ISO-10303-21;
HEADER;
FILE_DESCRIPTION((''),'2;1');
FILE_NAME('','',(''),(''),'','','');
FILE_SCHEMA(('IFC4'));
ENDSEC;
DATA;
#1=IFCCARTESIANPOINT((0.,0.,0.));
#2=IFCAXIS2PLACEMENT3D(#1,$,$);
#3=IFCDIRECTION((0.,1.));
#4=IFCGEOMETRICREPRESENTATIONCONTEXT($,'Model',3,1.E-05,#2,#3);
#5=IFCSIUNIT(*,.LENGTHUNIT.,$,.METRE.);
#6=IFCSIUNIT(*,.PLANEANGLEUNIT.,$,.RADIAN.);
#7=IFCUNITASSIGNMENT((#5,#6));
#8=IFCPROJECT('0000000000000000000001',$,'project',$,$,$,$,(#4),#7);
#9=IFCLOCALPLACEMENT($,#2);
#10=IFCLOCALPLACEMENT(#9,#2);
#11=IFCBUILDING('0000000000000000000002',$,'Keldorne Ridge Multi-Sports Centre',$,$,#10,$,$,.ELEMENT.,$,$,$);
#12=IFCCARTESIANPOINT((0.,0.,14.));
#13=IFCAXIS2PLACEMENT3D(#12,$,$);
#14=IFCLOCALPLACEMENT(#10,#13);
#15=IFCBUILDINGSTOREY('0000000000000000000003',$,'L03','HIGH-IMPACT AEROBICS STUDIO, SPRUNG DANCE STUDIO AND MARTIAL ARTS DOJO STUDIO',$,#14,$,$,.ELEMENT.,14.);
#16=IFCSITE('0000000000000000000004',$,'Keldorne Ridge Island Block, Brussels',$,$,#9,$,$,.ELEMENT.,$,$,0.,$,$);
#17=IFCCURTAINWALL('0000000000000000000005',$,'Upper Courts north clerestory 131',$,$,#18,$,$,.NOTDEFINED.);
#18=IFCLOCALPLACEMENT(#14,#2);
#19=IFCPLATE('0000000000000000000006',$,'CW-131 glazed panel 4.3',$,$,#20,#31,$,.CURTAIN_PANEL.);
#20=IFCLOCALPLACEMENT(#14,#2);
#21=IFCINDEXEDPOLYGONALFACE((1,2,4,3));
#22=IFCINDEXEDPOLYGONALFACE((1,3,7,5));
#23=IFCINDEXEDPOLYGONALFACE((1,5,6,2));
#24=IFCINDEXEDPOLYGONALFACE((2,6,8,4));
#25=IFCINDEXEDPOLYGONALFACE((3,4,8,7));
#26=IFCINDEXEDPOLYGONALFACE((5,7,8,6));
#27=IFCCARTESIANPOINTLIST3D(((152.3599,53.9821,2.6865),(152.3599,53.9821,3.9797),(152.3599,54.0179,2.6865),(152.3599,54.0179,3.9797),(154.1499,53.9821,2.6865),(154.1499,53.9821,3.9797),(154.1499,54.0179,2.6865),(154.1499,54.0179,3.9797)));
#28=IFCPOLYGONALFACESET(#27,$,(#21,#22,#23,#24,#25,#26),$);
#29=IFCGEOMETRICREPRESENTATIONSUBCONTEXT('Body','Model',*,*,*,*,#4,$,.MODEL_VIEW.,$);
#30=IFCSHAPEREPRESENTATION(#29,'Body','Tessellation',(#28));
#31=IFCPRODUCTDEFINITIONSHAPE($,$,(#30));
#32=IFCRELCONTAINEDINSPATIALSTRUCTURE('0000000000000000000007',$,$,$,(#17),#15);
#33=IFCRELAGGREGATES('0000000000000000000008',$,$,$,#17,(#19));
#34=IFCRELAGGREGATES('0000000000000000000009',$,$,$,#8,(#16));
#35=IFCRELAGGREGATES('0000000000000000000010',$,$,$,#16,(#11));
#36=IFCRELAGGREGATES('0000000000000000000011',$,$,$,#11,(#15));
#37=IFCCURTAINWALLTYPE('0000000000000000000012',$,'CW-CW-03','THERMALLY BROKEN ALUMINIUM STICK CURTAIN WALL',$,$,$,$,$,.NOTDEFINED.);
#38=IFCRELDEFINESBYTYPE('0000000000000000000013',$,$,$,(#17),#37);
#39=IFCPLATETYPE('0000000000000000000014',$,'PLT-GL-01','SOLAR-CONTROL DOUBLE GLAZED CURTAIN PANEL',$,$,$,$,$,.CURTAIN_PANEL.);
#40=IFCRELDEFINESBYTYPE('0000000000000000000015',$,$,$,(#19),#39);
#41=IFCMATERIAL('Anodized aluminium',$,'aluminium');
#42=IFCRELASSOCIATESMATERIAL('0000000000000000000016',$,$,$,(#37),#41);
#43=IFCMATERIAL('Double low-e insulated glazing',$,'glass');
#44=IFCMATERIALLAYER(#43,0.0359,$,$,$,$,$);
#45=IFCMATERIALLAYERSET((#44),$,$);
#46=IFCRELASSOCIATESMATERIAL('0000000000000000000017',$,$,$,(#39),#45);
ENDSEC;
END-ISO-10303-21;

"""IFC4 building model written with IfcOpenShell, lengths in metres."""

from ifc_helpers import new_model, si_unit, direction, frame, origin, origin_2d, place, context, subcontext, project, spatial, rectangle, extrude, material, layer, layer_set, type_object, element, aggregate, save


model = new_model("IFC4")

# Units and contexts
model_context = context("Model", 3, precision=1e-05, world=origin(), true_north=direction((0.0, 1.0)))
body_context = subcontext(model_context, "Body", "Model", "MODEL_VIEW")
ifc_project = project(units=[si_unit("LENGTHUNIT", "METRE"), si_unit("PLANEANGLEUNIT", "RADIAN")], contexts=[model_context])

# Site, building, storey
site_placement = place(None, origin())
site = spatial("IfcSite", under=ifc_project, at=site_placement, Name="Keldorne Ridge Island Block, Brussels", CompositionType="ELEMENT", RefElevation=0.0)
building_placement = place(site_placement, origin())
building = spatial("IfcBuilding", under=site, at=building_placement, Name="Keldorne Ridge Multi-Sports Centre", CompositionType="ELEMENT")
storey_placement = place(building_placement, frame((0.0, 0.0, 14.0)))
storey = spatial("IfcBuildingStorey", under=building, at=storey_placement, Name="L03", Description="HIGH-IMPACT AEROBICS STUDIO, SPRUNG DANCE STUDIO AND MARTIAL ARTS DOJO STUDIO", CompositionType="ELEMENT", Elevation=14.0)

# Curtain wall
ifc_material_1 = material(Name="Anodized aluminium", Category="aluminium")
curtain_wall_type_1 = type_object("IfcCurtainWallType", Name="CW-CW-03", Description="THERMALLY BROKEN ALUMINIUM STICK CURTAIN WALL", PredefinedType="NOTDEFINED", material=ifc_material_1)
curtain_wall_1_placement = place(storey_placement, origin())
curtain_wall_1 = element("IfcCurtainWall", 1, at=curtain_wall_1_placement, inside=storey, type_object=curtain_wall_type_1, Name="Upper Courts north clerestory 131", PredefinedType="NOTDEFINED")

# Plate
ifc_material_2 = material(Name="Double low-e insulated glazing", Category="glass")
ifc_layer = layer(ifc_material_2, 0.0359)
ifc_layer_set = layer_set([ifc_layer])
plate_type = type_object("IfcPlateType", Name="PLT-GL-01", Description="SOLAR-CONTROL DOUBLE GLAZED CURTAIN PANEL", PredefinedType="CURTAIN_PANEL", material=ifc_layer_set)
plate_1_placement = place(storey_placement, frame((153.2549, 54.0, 2.6865), z_axis=(0.0, 0.0, 1.0), x_axis=(-1.0, 0.0, 0.0)))
plate_1 = element("IfcPlate", 2, at=plate_1_placement, type_object=plate_type, Name="CW-131 glazed panel 4.3", PredefinedType="CURTAIN_PANEL", context=body_context, shape_type="SweptSolid", body=[
    extrude(rectangle(XDim=1.79, YDim=0.0359, at=origin_2d()), origin(), (0.0, 0.0, 1.0), 1.2932),
])
aggregate(curtain_wall_1, [plate_1])

save(model, "model.ifc")
